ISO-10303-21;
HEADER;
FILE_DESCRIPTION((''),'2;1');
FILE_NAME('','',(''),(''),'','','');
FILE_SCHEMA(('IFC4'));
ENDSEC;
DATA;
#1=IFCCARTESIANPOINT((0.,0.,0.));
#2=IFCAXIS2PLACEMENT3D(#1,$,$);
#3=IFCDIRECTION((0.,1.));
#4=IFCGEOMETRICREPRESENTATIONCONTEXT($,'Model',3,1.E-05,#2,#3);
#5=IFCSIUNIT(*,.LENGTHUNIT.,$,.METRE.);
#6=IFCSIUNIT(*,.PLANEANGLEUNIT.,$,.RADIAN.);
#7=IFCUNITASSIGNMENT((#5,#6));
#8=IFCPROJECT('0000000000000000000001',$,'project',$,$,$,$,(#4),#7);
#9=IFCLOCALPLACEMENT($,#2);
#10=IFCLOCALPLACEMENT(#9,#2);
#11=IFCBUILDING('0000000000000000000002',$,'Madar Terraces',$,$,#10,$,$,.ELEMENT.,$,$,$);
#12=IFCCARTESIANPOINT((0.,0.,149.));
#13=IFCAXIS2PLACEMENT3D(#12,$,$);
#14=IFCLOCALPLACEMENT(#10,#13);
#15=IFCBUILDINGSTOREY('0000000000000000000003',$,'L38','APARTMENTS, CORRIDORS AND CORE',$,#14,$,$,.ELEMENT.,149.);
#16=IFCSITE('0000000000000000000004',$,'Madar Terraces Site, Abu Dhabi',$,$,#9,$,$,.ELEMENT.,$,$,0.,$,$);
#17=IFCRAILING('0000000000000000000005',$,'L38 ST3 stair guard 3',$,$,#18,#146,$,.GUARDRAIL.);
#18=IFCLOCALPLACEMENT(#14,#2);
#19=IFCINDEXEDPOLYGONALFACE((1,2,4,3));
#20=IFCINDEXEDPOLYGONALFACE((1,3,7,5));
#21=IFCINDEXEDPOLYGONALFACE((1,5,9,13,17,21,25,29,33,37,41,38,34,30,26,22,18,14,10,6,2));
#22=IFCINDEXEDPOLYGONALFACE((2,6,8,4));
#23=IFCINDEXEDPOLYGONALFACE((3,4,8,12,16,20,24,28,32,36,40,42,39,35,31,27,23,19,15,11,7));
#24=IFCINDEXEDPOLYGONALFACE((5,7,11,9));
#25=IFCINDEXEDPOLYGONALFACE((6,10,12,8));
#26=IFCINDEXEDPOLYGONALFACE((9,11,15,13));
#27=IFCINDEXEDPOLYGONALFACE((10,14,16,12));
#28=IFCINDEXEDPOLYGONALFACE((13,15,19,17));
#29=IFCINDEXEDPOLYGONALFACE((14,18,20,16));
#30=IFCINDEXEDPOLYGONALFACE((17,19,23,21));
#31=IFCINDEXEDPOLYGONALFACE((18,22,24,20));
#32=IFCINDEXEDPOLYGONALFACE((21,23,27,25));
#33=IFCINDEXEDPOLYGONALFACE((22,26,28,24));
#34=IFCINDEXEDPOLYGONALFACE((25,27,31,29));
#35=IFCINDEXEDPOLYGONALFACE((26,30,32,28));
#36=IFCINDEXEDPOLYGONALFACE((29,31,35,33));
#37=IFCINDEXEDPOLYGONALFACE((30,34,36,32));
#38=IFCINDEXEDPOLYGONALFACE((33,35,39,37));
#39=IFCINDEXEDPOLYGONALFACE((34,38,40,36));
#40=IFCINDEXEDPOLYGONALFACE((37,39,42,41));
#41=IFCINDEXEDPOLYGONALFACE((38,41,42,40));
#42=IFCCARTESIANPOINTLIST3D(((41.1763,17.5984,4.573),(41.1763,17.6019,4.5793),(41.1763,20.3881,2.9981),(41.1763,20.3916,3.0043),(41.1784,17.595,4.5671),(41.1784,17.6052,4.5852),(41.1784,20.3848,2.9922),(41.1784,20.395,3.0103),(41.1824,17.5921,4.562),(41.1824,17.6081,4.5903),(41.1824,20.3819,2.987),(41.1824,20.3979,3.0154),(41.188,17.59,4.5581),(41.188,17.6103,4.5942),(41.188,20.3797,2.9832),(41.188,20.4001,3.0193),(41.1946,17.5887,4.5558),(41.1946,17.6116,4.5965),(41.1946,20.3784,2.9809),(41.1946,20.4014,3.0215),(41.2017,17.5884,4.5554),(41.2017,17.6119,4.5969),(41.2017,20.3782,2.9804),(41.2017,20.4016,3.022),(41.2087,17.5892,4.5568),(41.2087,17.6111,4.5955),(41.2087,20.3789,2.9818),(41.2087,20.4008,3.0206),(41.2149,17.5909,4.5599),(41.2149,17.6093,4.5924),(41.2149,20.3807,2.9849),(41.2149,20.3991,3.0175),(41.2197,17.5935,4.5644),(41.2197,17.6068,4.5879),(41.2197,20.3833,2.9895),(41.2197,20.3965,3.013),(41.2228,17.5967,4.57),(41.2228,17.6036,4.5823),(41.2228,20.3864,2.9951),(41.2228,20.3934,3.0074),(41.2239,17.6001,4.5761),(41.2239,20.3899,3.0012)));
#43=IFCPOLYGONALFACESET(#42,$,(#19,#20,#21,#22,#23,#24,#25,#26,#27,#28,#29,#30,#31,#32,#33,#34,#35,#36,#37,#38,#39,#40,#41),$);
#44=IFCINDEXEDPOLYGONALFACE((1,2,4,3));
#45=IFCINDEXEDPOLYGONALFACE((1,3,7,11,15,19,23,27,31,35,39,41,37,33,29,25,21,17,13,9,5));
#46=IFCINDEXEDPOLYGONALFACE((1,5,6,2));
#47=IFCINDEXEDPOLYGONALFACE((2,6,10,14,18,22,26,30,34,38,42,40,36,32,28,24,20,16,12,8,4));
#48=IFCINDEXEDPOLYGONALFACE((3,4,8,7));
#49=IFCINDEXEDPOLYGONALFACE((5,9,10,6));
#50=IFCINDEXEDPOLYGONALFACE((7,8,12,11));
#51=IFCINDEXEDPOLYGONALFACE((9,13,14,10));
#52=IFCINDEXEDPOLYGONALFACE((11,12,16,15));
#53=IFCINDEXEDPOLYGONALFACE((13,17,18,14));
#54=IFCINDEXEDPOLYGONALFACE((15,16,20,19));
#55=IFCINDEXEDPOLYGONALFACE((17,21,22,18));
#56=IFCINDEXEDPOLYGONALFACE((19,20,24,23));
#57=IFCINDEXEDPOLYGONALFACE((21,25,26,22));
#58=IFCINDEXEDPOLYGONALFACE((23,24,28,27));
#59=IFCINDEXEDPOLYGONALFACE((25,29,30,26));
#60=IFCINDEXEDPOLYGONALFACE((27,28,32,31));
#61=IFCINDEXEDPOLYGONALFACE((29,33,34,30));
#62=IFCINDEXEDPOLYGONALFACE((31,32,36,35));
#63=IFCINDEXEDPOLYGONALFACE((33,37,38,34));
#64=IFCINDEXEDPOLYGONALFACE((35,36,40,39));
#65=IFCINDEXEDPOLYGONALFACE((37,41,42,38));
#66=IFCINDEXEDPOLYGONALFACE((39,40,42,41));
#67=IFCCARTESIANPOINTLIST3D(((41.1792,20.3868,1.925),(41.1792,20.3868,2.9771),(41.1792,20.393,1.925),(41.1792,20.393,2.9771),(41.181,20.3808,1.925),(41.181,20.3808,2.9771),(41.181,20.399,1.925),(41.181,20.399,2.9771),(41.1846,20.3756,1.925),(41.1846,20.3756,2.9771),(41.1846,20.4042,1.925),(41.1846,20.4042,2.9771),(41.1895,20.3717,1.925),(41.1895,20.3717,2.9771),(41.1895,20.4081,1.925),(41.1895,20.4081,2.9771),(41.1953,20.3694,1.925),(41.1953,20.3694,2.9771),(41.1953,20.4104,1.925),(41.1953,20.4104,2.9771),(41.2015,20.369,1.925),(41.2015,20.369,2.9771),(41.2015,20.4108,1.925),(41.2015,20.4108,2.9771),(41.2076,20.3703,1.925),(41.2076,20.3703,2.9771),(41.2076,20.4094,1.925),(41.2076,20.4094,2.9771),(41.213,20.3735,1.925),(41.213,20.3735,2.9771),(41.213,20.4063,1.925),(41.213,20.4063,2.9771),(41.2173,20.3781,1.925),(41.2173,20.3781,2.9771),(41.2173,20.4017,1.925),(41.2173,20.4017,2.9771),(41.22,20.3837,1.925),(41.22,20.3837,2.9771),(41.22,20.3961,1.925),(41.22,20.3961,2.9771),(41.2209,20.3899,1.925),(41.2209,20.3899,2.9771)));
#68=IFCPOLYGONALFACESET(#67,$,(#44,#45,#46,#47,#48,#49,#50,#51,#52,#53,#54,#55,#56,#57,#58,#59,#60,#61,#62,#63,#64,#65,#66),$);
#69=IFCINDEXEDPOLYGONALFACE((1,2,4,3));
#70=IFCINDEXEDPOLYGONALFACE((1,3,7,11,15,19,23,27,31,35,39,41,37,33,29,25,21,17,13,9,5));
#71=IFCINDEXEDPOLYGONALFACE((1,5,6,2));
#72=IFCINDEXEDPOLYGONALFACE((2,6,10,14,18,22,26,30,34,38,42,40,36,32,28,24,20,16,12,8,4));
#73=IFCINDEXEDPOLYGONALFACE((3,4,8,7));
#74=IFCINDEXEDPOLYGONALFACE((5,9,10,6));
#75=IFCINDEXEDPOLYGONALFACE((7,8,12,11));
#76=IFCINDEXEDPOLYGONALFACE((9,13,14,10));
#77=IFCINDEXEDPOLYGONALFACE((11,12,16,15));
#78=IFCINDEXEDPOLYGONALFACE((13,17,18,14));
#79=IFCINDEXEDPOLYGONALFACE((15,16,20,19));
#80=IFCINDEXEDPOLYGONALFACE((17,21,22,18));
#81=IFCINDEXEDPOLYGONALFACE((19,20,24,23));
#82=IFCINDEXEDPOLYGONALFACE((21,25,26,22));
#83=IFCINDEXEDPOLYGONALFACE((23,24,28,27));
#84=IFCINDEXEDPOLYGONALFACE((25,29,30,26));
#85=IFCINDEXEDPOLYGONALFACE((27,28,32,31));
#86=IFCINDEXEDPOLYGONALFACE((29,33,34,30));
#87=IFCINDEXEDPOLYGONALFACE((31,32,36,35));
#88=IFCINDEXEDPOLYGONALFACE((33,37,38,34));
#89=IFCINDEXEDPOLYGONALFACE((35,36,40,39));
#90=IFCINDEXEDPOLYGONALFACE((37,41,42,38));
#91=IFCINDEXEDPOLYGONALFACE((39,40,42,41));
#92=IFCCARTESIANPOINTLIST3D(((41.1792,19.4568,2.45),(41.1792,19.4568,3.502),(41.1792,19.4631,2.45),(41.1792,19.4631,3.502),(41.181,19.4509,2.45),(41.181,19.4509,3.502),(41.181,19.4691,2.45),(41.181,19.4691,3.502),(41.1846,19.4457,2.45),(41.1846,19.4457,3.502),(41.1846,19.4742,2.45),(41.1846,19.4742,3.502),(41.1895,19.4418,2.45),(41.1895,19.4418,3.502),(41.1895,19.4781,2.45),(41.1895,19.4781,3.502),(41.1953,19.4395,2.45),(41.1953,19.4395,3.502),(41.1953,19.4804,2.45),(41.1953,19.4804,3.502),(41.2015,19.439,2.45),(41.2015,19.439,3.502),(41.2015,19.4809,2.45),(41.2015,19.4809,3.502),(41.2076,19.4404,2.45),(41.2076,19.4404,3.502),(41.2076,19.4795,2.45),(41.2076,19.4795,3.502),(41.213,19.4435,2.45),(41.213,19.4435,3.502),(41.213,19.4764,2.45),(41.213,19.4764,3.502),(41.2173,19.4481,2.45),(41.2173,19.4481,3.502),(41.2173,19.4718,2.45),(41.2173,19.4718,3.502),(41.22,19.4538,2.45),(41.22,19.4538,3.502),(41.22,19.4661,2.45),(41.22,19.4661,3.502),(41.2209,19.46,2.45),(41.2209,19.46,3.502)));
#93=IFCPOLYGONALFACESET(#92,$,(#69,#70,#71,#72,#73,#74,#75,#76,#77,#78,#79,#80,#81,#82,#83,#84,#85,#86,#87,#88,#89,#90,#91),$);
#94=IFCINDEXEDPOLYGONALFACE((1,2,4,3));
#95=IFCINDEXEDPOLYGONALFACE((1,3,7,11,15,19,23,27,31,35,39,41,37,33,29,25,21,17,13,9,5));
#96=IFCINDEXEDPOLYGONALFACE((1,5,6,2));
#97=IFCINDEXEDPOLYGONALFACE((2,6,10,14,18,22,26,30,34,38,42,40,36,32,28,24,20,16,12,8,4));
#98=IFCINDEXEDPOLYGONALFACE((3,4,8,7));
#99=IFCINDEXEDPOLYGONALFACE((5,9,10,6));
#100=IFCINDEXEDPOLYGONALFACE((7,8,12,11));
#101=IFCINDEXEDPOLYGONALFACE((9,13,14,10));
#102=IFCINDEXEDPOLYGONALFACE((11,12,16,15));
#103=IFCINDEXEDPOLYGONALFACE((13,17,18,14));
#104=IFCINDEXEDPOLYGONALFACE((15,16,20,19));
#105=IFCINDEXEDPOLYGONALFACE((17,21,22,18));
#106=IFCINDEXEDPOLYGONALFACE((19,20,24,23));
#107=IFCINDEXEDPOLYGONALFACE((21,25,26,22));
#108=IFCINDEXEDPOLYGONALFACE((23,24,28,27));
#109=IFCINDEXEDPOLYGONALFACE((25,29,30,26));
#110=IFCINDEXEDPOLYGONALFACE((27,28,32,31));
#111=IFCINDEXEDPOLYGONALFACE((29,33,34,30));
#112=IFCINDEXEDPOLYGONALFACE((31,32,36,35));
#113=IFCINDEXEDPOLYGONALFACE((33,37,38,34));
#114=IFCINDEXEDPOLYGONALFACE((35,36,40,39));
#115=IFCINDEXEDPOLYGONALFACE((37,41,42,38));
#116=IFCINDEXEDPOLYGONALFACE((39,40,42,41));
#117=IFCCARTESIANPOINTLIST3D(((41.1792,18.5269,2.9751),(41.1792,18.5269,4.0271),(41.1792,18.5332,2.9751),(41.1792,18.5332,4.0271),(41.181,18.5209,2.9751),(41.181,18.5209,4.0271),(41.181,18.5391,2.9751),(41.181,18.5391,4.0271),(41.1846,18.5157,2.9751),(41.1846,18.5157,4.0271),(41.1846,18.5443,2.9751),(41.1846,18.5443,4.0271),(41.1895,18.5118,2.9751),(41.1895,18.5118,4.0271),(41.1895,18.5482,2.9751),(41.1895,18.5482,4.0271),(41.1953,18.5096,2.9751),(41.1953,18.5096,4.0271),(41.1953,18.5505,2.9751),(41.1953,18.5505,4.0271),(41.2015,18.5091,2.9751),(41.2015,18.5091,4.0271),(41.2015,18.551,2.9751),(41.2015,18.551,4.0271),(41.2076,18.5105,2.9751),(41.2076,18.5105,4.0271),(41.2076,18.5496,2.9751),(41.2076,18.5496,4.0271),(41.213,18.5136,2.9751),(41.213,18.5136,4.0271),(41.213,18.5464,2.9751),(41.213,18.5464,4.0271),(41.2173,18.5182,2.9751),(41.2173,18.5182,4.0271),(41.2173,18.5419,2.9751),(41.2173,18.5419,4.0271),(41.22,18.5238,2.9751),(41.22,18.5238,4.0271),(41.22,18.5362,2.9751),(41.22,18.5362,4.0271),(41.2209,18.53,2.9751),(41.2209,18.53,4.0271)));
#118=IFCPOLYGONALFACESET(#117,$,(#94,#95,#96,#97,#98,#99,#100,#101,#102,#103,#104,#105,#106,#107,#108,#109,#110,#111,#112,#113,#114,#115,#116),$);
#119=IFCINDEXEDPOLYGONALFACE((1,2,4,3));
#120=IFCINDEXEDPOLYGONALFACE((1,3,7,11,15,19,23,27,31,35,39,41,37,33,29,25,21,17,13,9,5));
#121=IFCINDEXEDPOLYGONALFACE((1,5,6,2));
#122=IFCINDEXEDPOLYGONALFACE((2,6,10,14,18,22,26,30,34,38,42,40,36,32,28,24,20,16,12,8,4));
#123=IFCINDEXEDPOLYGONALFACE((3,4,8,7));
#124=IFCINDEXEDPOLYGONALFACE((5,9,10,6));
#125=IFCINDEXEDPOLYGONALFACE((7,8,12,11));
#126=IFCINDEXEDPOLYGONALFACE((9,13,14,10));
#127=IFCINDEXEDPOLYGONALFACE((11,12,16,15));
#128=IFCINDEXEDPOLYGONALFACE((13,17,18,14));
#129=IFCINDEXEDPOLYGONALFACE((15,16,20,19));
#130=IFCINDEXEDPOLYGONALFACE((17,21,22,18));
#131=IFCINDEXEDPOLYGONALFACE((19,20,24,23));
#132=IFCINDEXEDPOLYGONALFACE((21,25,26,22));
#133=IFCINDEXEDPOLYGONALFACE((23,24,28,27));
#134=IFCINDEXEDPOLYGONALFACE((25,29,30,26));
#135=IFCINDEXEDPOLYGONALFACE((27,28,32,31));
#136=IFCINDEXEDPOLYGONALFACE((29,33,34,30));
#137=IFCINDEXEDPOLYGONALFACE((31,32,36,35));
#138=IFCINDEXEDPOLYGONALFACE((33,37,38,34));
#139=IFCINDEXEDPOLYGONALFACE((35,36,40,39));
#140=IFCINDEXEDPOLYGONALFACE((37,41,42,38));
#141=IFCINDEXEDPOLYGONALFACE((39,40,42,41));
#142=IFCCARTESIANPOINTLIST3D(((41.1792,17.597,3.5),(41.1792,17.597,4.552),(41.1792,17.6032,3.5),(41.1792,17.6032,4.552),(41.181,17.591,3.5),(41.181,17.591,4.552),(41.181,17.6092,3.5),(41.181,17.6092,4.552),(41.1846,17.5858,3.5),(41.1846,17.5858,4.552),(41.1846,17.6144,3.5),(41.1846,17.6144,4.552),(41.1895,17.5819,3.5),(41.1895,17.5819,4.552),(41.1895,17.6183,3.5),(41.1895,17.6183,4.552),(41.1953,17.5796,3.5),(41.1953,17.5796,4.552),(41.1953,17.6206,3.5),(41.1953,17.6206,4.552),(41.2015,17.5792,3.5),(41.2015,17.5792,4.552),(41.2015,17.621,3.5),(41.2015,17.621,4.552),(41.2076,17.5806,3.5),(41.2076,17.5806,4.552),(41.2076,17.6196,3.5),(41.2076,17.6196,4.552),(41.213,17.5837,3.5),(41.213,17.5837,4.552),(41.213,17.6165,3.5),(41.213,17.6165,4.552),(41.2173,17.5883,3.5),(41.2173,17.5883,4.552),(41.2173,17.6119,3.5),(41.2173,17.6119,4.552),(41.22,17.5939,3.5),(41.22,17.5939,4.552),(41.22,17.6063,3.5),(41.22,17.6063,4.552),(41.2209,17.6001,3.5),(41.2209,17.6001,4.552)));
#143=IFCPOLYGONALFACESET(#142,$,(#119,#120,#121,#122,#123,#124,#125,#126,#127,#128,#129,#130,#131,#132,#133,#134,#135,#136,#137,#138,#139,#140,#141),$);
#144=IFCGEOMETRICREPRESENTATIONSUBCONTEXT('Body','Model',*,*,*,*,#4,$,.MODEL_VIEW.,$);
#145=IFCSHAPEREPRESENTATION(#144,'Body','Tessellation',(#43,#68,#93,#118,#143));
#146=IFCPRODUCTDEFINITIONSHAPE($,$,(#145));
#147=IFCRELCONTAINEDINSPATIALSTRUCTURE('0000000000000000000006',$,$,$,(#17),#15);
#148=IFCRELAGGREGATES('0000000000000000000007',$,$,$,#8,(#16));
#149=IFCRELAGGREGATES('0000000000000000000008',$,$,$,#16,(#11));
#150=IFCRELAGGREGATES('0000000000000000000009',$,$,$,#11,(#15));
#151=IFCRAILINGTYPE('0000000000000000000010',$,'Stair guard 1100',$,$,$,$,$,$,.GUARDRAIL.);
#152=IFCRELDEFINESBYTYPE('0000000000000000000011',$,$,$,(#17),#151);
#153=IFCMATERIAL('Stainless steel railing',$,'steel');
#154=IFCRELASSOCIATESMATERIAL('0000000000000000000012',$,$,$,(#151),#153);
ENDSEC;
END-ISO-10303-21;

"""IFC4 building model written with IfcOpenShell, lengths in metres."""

from ifc_helpers import new_model, si_unit, direction, frame, origin, origin_2d, place, context, subcontext, project, spatial, circle, extrude, material, type_object, element, save


model = new_model("IFC4")

# Units and contexts
model_context = context("Model", 3, precision=1e-05, world=origin(), true_north=direction((0.0, 1.0)))
body_context = subcontext(model_context, "Body", "Model", "MODEL_VIEW")
ifc_project = project(units=[si_unit("LENGTHUNIT", "METRE"), si_unit("PLANEANGLEUNIT", "RADIAN")], contexts=[model_context])

# Site, building, storey
site_placement = place(None, origin())
site = spatial("IfcSite", under=ifc_project, at=site_placement, Name="Madar Terraces Site, Abu Dhabi", CompositionType="ELEMENT", RefElevation=0.0)
building_placement = place(site_placement, origin())
building = spatial("IfcBuilding", under=site, at=building_placement, Name="Madar Terraces", CompositionType="ELEMENT")
storey_placement = place(building_placement, frame((0.0, 0.0, 149.0)))
storey = spatial("IfcBuildingStorey", under=building, at=storey_placement, Name="L38", Description="APARTMENTS, CORRIDORS AND CORE", CompositionType="ELEMENT", Elevation=149.0)

# Railing
ifc_material_1 = material(Name="Stainless steel railing", Category="steel")
railing_type_1 = type_object("IfcRailingType", Name="Stair guard 1100", PredefinedType="GUARDRAIL", material=ifc_material_1)
railing_1_placement = place(storey_placement, frame((41.2, 20.3899, 1.925)))
element("IfcRailing", 1, at=railing_1_placement, inside=storey, type_object=railing_type_1, Name="L38 ST3 stair guard 3", PredefinedType="GUARDRAIL", context=body_context, shape_type="SweptSolid", body=[
    extrude(circle(Radius=0.0239, at=origin_2d()), frame((0.0, 0.0, 1.0762), z_axis=(0.0, -0.870815, 0.49161), x_axis=(1.0, 0.0, 0.0)), (0.0, 0.0, 1.0), 3.2036),
    extrude(circle(Radius=0.021, at=origin_2d()), origin(), (0.0, 0.0, 1.0), 1.052),
    extrude(circle(Radius=0.021, at=origin_2d()), frame((0.0, -0.9299, 0.5249)), (0.0, 0.0, 1.0), 1.052),
    extrude(circle(Radius=0.021, at=origin_2d()), frame((0.0, -1.8599, 1.05)), (0.0, 0.0, 1.0), 1.052),
    extrude(circle(Radius=0.021, at=origin_2d()), frame((0.0, -2.7898, 1.575)), (0.0, 0.0, 1.0), 1.052),
])

save(model, "model.ifc")
